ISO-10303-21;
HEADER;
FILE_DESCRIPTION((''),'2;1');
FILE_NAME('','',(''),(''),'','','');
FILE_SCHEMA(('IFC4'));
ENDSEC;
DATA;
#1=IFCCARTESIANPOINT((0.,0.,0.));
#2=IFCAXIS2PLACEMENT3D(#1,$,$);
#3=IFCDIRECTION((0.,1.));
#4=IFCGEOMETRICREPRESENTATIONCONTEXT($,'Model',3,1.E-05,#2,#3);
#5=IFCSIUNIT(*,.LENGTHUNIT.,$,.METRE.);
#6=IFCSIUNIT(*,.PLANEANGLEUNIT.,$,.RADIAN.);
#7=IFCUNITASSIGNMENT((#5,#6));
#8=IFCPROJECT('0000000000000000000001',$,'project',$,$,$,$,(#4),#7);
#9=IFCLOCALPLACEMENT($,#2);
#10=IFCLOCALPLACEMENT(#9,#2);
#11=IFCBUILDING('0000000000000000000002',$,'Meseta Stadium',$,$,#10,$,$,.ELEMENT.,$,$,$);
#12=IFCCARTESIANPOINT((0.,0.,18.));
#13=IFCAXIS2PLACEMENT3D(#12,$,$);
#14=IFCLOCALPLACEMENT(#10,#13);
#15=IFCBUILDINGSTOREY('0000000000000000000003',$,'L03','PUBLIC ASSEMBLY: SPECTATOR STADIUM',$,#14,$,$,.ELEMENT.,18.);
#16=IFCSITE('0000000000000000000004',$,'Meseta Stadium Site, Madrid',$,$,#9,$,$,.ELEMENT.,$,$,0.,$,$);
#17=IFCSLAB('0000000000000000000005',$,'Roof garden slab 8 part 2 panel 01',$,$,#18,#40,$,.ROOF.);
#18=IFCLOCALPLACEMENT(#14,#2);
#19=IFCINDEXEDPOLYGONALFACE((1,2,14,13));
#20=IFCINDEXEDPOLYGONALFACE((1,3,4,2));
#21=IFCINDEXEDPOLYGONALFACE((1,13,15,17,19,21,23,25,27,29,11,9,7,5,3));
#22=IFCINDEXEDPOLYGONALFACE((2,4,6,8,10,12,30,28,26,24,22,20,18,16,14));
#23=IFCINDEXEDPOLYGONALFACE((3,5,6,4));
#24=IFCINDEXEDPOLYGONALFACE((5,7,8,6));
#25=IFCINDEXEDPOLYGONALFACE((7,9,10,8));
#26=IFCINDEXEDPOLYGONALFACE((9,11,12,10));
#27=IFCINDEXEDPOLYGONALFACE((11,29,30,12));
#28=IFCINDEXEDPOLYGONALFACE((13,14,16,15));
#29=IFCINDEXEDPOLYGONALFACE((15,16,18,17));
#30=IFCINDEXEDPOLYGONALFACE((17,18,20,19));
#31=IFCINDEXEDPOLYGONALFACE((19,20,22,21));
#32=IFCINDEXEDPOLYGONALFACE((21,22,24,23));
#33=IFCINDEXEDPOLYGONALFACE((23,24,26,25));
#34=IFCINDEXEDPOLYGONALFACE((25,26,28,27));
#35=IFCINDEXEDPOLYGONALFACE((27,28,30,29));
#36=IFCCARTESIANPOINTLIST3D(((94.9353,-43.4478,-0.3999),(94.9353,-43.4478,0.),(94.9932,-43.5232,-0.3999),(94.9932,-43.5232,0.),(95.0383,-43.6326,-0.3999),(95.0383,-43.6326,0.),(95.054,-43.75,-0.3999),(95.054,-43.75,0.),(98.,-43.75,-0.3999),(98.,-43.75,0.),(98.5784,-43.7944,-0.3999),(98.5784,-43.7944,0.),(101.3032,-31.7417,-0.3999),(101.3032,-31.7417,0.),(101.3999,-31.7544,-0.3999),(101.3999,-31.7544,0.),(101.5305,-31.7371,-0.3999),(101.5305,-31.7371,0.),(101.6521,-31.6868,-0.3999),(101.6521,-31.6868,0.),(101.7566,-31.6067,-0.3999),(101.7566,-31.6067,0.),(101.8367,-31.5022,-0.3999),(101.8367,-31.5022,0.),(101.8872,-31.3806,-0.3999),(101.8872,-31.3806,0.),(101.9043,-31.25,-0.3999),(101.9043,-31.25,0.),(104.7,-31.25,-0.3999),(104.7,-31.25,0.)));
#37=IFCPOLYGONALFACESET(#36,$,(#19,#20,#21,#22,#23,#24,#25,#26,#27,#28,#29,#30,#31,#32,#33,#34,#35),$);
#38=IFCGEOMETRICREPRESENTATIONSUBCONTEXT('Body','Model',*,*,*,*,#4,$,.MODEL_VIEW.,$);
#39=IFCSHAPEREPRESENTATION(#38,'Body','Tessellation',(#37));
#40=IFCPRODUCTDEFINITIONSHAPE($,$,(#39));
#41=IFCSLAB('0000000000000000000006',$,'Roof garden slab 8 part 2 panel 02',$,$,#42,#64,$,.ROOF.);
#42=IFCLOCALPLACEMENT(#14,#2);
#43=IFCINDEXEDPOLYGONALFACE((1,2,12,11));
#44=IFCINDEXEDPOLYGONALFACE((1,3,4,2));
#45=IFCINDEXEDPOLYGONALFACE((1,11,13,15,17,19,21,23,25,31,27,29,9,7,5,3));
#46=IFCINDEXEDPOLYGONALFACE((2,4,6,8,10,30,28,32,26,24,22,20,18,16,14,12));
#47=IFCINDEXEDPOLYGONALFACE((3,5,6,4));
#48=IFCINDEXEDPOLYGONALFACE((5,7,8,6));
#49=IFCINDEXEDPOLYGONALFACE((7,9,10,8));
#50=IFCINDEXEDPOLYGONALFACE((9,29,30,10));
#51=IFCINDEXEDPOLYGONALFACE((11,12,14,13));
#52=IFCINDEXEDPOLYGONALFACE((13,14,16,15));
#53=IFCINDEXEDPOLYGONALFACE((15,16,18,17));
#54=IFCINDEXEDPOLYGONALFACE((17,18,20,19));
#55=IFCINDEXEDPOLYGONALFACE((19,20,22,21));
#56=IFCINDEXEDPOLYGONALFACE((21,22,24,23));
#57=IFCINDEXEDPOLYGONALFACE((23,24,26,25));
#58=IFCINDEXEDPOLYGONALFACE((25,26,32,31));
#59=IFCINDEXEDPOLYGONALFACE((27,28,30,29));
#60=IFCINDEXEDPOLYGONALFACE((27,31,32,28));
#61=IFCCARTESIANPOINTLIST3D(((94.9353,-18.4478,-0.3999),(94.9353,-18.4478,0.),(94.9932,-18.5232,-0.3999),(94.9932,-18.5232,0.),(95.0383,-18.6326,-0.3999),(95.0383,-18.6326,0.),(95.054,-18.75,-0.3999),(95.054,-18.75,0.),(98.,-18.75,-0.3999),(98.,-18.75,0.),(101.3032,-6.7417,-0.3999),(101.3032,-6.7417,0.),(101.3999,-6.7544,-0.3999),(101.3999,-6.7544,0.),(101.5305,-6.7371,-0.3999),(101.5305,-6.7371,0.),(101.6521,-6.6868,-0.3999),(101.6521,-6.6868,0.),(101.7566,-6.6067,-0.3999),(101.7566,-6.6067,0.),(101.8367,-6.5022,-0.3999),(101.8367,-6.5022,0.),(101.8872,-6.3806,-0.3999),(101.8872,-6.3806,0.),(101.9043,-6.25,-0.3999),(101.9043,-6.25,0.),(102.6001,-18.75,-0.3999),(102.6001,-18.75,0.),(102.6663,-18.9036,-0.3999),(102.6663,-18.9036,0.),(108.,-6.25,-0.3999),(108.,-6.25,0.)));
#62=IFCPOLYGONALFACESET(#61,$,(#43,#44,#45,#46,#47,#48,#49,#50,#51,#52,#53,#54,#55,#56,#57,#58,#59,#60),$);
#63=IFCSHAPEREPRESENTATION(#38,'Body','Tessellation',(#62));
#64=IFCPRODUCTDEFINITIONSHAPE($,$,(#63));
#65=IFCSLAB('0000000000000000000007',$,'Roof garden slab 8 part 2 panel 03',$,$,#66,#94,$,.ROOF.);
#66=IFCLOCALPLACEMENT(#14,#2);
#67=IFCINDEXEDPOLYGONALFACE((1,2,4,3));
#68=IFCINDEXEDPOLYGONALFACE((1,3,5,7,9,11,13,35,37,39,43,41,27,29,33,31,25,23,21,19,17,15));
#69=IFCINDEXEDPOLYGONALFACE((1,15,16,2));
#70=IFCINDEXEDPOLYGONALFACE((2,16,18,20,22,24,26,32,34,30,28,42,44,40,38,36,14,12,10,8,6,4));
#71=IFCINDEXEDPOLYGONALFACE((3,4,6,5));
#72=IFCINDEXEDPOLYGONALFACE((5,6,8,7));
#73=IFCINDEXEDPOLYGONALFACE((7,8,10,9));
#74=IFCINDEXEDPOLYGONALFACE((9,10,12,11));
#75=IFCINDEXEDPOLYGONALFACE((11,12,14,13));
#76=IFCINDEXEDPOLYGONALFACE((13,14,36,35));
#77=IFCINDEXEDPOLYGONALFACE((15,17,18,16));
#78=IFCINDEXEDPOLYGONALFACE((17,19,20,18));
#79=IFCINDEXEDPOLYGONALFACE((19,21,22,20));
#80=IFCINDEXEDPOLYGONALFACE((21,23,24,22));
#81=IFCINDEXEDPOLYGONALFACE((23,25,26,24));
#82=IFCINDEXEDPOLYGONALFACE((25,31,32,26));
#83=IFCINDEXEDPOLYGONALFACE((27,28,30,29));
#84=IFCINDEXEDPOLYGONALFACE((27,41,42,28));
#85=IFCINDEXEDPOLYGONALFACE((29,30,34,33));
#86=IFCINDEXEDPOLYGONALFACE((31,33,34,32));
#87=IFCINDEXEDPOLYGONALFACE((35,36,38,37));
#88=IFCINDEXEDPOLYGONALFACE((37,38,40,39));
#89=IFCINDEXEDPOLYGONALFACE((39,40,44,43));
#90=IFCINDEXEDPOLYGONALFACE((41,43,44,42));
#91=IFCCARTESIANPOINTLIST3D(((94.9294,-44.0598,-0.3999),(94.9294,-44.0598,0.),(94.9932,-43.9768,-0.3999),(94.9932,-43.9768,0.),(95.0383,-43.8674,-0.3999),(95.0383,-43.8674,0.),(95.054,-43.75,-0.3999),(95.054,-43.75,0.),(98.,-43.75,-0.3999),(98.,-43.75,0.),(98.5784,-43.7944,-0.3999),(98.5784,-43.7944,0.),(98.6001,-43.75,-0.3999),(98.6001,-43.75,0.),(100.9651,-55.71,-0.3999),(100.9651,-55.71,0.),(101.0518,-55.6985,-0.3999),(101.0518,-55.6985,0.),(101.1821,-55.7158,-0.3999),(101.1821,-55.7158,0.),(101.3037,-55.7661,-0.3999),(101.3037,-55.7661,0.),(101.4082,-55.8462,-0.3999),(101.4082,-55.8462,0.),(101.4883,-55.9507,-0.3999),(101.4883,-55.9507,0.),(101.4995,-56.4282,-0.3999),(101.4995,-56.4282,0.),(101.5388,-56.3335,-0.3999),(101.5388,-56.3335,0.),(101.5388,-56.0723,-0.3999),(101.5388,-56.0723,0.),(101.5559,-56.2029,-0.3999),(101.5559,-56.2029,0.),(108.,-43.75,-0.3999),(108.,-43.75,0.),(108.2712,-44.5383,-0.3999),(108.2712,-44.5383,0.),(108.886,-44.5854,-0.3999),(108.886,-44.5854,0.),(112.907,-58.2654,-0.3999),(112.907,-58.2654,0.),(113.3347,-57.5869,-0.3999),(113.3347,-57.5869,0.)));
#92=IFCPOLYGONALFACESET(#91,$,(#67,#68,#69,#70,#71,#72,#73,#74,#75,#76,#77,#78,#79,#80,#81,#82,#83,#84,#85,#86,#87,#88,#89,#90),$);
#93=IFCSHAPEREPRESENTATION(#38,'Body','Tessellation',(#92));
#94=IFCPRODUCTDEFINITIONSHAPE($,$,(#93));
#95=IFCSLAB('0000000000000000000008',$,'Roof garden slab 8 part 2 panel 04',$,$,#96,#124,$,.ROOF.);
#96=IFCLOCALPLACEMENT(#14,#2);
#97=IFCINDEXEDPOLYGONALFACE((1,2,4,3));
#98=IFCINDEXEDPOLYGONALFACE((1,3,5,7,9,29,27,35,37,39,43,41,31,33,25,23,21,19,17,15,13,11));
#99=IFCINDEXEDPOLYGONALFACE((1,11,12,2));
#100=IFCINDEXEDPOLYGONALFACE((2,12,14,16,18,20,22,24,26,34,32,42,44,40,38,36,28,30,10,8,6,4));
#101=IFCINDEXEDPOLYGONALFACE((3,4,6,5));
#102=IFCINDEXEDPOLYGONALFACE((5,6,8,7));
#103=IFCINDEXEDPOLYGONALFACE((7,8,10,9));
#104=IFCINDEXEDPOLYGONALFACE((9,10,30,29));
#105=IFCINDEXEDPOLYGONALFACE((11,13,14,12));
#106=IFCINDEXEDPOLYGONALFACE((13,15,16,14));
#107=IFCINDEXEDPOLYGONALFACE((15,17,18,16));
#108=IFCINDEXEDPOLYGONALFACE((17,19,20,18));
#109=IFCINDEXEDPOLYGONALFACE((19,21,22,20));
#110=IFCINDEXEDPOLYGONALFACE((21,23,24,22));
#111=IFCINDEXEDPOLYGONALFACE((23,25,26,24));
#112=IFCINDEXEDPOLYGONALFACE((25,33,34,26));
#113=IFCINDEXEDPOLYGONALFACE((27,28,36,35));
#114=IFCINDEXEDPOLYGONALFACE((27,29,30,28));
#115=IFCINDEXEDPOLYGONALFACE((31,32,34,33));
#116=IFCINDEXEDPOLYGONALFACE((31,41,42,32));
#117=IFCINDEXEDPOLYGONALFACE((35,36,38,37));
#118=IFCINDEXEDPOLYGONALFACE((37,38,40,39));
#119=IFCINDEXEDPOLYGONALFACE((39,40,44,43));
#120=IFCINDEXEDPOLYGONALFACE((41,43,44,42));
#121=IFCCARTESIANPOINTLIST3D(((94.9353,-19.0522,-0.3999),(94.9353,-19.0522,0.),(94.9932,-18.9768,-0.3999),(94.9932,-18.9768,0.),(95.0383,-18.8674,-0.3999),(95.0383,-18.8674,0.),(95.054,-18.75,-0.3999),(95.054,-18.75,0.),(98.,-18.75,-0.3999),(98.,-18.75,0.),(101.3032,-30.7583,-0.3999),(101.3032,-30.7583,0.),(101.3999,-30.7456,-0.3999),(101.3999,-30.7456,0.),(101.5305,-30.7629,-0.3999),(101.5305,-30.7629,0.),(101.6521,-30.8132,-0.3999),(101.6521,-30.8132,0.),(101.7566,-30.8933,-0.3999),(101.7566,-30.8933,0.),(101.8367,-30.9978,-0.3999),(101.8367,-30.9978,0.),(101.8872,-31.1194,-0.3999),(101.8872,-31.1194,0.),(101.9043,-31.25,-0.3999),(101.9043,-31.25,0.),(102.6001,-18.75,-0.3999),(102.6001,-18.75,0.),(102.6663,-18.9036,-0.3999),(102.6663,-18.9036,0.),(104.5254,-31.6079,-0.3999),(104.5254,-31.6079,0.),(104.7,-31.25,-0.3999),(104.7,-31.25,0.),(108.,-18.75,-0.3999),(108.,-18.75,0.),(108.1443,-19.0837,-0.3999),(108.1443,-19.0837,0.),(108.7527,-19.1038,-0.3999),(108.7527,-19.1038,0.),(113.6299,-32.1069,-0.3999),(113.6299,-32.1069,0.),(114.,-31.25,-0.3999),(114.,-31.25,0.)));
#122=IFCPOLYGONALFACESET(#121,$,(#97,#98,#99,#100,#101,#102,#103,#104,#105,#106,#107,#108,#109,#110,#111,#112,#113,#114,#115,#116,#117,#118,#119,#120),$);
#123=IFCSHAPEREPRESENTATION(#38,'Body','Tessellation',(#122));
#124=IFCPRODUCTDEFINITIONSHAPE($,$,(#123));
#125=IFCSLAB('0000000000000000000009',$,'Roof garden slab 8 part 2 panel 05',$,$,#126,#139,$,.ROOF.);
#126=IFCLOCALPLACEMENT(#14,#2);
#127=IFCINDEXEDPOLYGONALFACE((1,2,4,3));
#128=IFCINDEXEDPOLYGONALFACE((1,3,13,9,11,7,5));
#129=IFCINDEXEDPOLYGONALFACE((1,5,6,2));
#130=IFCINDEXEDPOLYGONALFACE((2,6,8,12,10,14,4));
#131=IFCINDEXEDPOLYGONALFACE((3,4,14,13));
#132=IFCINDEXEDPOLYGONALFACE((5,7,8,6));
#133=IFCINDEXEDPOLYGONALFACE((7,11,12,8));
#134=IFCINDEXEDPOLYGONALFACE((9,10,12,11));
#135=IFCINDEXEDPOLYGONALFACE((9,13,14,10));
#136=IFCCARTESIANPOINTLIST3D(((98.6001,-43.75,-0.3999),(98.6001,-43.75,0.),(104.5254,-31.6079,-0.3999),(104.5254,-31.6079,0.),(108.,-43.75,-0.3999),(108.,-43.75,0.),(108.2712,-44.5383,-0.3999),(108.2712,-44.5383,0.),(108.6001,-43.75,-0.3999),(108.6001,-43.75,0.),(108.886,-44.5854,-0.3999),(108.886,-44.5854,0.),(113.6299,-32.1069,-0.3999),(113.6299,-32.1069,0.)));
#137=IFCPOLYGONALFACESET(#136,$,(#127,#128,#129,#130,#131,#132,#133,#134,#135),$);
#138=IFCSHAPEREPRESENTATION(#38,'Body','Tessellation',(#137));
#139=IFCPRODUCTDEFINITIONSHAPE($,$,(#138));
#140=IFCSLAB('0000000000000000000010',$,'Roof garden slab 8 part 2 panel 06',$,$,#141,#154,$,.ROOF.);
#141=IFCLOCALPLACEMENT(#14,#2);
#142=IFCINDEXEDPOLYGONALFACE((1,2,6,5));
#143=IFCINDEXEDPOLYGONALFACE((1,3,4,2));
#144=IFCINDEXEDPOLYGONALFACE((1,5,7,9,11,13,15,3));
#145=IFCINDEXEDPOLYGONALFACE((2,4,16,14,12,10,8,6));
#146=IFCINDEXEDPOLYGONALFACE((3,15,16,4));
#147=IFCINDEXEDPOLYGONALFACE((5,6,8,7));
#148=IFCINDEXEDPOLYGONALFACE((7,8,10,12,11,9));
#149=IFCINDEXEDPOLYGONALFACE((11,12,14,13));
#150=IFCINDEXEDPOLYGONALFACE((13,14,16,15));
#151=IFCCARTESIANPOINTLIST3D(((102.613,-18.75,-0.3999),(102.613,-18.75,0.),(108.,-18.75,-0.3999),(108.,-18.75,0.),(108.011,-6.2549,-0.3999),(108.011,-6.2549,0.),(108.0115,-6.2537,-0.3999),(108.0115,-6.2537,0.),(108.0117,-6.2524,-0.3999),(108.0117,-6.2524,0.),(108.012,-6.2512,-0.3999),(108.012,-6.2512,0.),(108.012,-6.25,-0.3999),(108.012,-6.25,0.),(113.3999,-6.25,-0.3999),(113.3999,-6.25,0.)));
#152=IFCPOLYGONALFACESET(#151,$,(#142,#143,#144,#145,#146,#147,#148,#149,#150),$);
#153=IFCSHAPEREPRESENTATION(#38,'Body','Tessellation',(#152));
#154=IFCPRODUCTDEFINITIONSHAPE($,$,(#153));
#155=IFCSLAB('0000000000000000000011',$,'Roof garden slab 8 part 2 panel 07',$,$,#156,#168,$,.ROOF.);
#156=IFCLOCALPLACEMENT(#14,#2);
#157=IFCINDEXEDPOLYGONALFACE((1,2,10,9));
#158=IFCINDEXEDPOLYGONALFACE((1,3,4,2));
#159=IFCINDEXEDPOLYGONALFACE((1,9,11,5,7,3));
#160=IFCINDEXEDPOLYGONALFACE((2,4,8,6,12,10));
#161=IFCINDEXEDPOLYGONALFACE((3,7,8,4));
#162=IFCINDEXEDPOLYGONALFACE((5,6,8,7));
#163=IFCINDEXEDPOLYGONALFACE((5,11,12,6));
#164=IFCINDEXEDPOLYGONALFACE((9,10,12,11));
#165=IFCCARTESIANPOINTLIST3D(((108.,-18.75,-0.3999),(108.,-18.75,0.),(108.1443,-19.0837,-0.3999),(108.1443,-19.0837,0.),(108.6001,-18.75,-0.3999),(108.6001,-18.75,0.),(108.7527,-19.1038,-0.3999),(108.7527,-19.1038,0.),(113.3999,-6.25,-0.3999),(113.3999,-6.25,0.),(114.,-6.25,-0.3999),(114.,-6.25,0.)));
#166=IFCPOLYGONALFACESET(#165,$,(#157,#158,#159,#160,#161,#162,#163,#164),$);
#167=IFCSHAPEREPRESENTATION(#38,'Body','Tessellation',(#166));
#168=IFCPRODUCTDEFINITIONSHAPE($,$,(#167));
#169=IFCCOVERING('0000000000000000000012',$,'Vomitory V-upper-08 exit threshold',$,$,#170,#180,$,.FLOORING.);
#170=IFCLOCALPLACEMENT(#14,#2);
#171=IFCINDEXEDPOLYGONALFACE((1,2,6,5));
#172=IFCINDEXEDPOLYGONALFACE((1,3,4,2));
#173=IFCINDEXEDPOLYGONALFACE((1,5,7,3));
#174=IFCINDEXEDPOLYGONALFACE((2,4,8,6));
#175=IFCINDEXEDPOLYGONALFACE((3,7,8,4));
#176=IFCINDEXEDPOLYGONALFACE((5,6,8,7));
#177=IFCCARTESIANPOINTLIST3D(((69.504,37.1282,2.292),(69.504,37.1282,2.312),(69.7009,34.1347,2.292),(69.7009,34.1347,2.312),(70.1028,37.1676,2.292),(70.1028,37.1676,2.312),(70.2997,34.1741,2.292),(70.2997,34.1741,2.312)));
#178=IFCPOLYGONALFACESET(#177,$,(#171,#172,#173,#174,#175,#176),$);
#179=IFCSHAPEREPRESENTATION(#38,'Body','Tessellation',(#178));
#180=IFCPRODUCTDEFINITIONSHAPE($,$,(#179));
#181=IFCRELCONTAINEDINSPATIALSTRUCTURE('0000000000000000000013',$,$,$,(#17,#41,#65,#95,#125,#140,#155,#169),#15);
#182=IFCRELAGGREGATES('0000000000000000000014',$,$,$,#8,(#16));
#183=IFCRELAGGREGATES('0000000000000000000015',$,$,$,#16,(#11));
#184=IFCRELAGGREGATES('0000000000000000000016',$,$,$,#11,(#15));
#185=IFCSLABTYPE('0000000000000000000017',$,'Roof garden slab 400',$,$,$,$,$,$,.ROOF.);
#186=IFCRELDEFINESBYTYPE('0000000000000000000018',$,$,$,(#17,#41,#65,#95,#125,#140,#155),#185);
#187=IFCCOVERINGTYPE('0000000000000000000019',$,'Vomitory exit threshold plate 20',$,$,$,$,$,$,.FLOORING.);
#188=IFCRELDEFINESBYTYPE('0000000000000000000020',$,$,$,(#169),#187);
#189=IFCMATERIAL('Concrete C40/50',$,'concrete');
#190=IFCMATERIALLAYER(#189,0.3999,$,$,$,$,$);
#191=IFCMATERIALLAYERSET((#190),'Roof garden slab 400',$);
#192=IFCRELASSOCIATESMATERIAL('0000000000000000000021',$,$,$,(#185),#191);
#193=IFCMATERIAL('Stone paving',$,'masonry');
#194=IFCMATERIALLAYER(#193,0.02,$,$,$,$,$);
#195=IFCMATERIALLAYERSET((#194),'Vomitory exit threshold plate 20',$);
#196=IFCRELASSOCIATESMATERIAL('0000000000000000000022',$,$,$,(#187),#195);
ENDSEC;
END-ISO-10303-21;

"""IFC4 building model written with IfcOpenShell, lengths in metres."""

from ifc_helpers import new_model, si_unit, direction, frame, origin, origin_2d, place, context, subcontext, project, spatial, polyline, rectangle, outline, extrude, material, layer, layer_set, type_object, element, save


model = new_model("IFC4")

# Units and contexts
model_context = context("Model", 3, precision=1e-05, world=origin(), true_north=direction((0.0, 1.0)))
body_context = subcontext(model_context, "Body", "Model", "MODEL_VIEW")
ifc_project = project(units=[si_unit("LENGTHUNIT", "METRE"), si_unit("PLANEANGLEUNIT", "RADIAN")], contexts=[model_context])

# Site, building, storey
site_placement = place(None, origin())
site = spatial("IfcSite", under=ifc_project, at=site_placement, Name="Meseta Stadium Site, Madrid", CompositionType="ELEMENT", RefElevation=0.0)
building_placement = place(site_placement, origin())
building = spatial("IfcBuilding", under=site, at=building_placement, Name="Meseta Stadium", CompositionType="ELEMENT")
storey_placement = place(building_placement, frame((0.0, 0.0, 18.0)))
storey = spatial("IfcBuildingStorey", under=building, at=storey_placement, Name="L03", Description="PUBLIC ASSEMBLY: SPECTATOR STADIUM", CompositionType="ELEMENT", Elevation=18.0)

# Slabs
ifc_material_1 = material(Name="Concrete C40/50", Category="concrete")
ifc_layer_1 = layer(ifc_material_1, 0.3999)
ifc_layer_set_1 = layer_set([ifc_layer_1], Name="Roof garden slab 400")
slab_type = type_object("IfcSlabType", Name="Roof garden slab 400", PredefinedType="ROOF", material=ifc_layer_set_1)
slab_1_placement = place(storey_placement, frame((0.0, 0.0, -0.3999)))
element("IfcSlab", 1, at=slab_1_placement, inside=storey, type_object=slab_type, Name="Roof garden slab 8 part 2 panel 01", PredefinedType="ROOF", context=body_context, shape_type="SweptSolid", body=[
    extrude(outline(polyline([(101.6521, -31.6868), (101.5305, -31.7371), (101.3999, -31.7544), (101.3032, -31.7417), (94.9353, -43.4478), (94.9932, -43.5232), (95.0383, -43.6326), (95.054, -43.75), (98.0, -43.75), (98.5784, -43.7944), (104.7, -31.25), (101.9043, -31.25), (101.8872, -31.3806), (101.8367, -31.5022), (101.7566, -31.6067), (101.6521, -31.6868)])), origin(), (0.0, 0.0, 1.0), 0.3999),
])
slab_2_placement = place(storey_placement, frame((0.0, 0.0, -0.3999)))
element("IfcSlab", 2, at=slab_2_placement, inside=storey, type_object=slab_type, Name="Roof garden slab 8 part 2 panel 02", PredefinedType="ROOF", context=body_context, shape_type="SweptSolid", body=[
    extrude(outline(polyline([(98.0, -18.75), (102.6663, -18.9036), (102.6001, -18.75), (108.0, -6.25), (101.9043, -6.25), (101.8872, -6.3806), (101.8367, -6.5022), (101.7566, -6.6067), (101.6521, -6.6868), (101.5305, -6.7371), (101.3999, -6.7544), (101.3032, -6.7417), (94.9353, -18.4478), (94.9932, -18.5232), (95.0383, -18.6326), (95.054, -18.75), (98.0, -18.75)])), origin(), (0.0, 0.0, 1.0), 0.3999),
])
slab_3_placement = place(storey_placement, frame((0.0, 0.0, -0.3999)))
element("IfcSlab", 3, at=slab_3_placement, inside=storey, type_object=slab_type, Name="Roof garden slab 8 part 2 panel 03", PredefinedType="ROOF", context=body_context, shape_type="SweptSolid", body=[
    extrude(outline(polyline([(108.0, -43.75), (98.6001, -43.75), (98.5784, -43.7944), (98.0, -43.75), (95.054, -43.75), (95.0383, -43.8674), (94.9932, -43.9768), (94.9294, -44.0598), (100.9651, -55.71), (101.0518, -55.6985), (101.1821, -55.7158), (101.3037, -55.7661), (101.4082, -55.8462), (101.4883, -55.9507), (101.5388, -56.0723), (101.5559, -56.2029), (101.5388, -56.3335), (101.4995, -56.4282), (112.907, -58.2654), (113.3347, -57.5869), (108.886, -44.5854), (108.2712, -44.5383), (108.0, -43.75)])), origin(), (0.0, 0.0, 1.0), 0.3999),
])
slab_4_placement = place(storey_placement, frame((0.0, 0.0, -0.3999)))
element("IfcSlab", 4, at=slab_4_placement, inside=storey, type_object=slab_type, Name="Roof garden slab 8 part 2 panel 04", PredefinedType="ROOF", context=body_context, shape_type="SweptSolid", body=[
    extrude(outline(polyline([(102.6001, -18.75), (102.6663, -18.9036), (98.0, -18.75), (95.054, -18.75), (95.0383, -18.8674), (94.9932, -18.9768), (94.9353, -19.0522), (101.3032, -30.7583), (101.3999, -30.7456), (101.5305, -30.7629), (101.6521, -30.8132), (101.7566, -30.8933), (101.8367, -30.9978), (101.8872, -31.1194), (101.9043, -31.25), (104.7, -31.25), (104.5254, -31.6079), (113.6299, -32.1069), (114.0, -31.25), (108.7527, -19.1038), (108.1443, -19.0837), (108.0, -18.75), (102.6001, -18.75)])), origin(), (0.0, 0.0, 1.0), 0.3999),
])
slab_5_placement = place(storey_placement, frame((0.0, 0.0, -0.3999)))
element("IfcSlab", 5, at=slab_5_placement, inside=storey, type_object=slab_type, Name="Roof garden slab 8 part 2 panel 05", PredefinedType="ROOF", context=body_context, shape_type="SweptSolid", body=[
    extrude(outline(polyline([(104.5254, -31.6079), (98.6001, -43.75), (108.0, -43.75), (108.2712, -44.5383), (108.886, -44.5854), (108.6001, -43.75), (113.6299, -32.1069), (104.5254, -31.6079)])), origin(), (0.0, 0.0, 1.0), 0.3999),
])
slab_6_placement = place(storey_placement, frame((0.0, 0.0, -0.3999)))
element("IfcSlab", 6, at=slab_6_placement, inside=storey, type_object=slab_type, Name="Roof garden slab 8 part 2 panel 06", PredefinedType="ROOF", context=body_context, shape_type="SweptSolid", body=[
    extrude(outline(polyline([(113.3999, -6.25), (108.012, -6.25), (108.012, -6.2512), (108.0117, -6.2524), (108.0115, -6.2537), (108.011, -6.2549), (102.613, -18.75), (108.0, -18.75), (113.3999, -6.25)])), origin(), (0.0, 0.0, 1.0), 0.3999),
])
slab_7_placement = place(storey_placement, frame((0.0, 0.0, -0.3999)))
element("IfcSlab", 7, at=slab_7_placement, inside=storey, type_object=slab_type, Name="Roof garden slab 8 part 2 panel 07", PredefinedType="ROOF", context=body_context, shape_type="SweptSolid", body=[
    extrude(outline(polyline([(108.0, -18.75), (108.1443, -19.0837), (108.7527, -19.1038), (108.6001, -18.75), (114.0, -6.25), (113.3999, -6.25), (108.0, -18.75)])), origin(), (0.0, 0.0, 1.0), 0.3999),
])

# Covering
ifc_material_2 = material(Name="Stone paving", Category="masonry")
ifc_layer_2 = layer(ifc_material_2, 0.02)
ifc_layer_set_2 = layer_set([ifc_layer_2], Name="Vomitory exit threshold plate 20")
covering_type = type_object("IfcCoveringType", Name="Vomitory exit threshold plate 20", PredefinedType="FLOORING", material=ifc_layer_set_2)
for number, where, z_axis, x_axis, name in (
    (8, (69.9019, 35.6511, 2.292), (0.0, 0.0, 1.0), (-0.997843, -0.065647, 0.0), "Vomitory V-upper-08 exit threshold"),
):
    element("IfcCovering", number, at=place(storey_placement, frame(where, z_axis=z_axis, x_axis=x_axis)), inside=storey, type_object=covering_type, Name=name, PredefinedType="FLOORING", context=body_context, shape_type="SweptSolid", body=[
        extrude(rectangle(XDim=0.6001, YDim=3.0, at=origin_2d()), origin(), (0.0, 0.0, 1.0), 0.02),
    ])

save(model, "model.ifc")
